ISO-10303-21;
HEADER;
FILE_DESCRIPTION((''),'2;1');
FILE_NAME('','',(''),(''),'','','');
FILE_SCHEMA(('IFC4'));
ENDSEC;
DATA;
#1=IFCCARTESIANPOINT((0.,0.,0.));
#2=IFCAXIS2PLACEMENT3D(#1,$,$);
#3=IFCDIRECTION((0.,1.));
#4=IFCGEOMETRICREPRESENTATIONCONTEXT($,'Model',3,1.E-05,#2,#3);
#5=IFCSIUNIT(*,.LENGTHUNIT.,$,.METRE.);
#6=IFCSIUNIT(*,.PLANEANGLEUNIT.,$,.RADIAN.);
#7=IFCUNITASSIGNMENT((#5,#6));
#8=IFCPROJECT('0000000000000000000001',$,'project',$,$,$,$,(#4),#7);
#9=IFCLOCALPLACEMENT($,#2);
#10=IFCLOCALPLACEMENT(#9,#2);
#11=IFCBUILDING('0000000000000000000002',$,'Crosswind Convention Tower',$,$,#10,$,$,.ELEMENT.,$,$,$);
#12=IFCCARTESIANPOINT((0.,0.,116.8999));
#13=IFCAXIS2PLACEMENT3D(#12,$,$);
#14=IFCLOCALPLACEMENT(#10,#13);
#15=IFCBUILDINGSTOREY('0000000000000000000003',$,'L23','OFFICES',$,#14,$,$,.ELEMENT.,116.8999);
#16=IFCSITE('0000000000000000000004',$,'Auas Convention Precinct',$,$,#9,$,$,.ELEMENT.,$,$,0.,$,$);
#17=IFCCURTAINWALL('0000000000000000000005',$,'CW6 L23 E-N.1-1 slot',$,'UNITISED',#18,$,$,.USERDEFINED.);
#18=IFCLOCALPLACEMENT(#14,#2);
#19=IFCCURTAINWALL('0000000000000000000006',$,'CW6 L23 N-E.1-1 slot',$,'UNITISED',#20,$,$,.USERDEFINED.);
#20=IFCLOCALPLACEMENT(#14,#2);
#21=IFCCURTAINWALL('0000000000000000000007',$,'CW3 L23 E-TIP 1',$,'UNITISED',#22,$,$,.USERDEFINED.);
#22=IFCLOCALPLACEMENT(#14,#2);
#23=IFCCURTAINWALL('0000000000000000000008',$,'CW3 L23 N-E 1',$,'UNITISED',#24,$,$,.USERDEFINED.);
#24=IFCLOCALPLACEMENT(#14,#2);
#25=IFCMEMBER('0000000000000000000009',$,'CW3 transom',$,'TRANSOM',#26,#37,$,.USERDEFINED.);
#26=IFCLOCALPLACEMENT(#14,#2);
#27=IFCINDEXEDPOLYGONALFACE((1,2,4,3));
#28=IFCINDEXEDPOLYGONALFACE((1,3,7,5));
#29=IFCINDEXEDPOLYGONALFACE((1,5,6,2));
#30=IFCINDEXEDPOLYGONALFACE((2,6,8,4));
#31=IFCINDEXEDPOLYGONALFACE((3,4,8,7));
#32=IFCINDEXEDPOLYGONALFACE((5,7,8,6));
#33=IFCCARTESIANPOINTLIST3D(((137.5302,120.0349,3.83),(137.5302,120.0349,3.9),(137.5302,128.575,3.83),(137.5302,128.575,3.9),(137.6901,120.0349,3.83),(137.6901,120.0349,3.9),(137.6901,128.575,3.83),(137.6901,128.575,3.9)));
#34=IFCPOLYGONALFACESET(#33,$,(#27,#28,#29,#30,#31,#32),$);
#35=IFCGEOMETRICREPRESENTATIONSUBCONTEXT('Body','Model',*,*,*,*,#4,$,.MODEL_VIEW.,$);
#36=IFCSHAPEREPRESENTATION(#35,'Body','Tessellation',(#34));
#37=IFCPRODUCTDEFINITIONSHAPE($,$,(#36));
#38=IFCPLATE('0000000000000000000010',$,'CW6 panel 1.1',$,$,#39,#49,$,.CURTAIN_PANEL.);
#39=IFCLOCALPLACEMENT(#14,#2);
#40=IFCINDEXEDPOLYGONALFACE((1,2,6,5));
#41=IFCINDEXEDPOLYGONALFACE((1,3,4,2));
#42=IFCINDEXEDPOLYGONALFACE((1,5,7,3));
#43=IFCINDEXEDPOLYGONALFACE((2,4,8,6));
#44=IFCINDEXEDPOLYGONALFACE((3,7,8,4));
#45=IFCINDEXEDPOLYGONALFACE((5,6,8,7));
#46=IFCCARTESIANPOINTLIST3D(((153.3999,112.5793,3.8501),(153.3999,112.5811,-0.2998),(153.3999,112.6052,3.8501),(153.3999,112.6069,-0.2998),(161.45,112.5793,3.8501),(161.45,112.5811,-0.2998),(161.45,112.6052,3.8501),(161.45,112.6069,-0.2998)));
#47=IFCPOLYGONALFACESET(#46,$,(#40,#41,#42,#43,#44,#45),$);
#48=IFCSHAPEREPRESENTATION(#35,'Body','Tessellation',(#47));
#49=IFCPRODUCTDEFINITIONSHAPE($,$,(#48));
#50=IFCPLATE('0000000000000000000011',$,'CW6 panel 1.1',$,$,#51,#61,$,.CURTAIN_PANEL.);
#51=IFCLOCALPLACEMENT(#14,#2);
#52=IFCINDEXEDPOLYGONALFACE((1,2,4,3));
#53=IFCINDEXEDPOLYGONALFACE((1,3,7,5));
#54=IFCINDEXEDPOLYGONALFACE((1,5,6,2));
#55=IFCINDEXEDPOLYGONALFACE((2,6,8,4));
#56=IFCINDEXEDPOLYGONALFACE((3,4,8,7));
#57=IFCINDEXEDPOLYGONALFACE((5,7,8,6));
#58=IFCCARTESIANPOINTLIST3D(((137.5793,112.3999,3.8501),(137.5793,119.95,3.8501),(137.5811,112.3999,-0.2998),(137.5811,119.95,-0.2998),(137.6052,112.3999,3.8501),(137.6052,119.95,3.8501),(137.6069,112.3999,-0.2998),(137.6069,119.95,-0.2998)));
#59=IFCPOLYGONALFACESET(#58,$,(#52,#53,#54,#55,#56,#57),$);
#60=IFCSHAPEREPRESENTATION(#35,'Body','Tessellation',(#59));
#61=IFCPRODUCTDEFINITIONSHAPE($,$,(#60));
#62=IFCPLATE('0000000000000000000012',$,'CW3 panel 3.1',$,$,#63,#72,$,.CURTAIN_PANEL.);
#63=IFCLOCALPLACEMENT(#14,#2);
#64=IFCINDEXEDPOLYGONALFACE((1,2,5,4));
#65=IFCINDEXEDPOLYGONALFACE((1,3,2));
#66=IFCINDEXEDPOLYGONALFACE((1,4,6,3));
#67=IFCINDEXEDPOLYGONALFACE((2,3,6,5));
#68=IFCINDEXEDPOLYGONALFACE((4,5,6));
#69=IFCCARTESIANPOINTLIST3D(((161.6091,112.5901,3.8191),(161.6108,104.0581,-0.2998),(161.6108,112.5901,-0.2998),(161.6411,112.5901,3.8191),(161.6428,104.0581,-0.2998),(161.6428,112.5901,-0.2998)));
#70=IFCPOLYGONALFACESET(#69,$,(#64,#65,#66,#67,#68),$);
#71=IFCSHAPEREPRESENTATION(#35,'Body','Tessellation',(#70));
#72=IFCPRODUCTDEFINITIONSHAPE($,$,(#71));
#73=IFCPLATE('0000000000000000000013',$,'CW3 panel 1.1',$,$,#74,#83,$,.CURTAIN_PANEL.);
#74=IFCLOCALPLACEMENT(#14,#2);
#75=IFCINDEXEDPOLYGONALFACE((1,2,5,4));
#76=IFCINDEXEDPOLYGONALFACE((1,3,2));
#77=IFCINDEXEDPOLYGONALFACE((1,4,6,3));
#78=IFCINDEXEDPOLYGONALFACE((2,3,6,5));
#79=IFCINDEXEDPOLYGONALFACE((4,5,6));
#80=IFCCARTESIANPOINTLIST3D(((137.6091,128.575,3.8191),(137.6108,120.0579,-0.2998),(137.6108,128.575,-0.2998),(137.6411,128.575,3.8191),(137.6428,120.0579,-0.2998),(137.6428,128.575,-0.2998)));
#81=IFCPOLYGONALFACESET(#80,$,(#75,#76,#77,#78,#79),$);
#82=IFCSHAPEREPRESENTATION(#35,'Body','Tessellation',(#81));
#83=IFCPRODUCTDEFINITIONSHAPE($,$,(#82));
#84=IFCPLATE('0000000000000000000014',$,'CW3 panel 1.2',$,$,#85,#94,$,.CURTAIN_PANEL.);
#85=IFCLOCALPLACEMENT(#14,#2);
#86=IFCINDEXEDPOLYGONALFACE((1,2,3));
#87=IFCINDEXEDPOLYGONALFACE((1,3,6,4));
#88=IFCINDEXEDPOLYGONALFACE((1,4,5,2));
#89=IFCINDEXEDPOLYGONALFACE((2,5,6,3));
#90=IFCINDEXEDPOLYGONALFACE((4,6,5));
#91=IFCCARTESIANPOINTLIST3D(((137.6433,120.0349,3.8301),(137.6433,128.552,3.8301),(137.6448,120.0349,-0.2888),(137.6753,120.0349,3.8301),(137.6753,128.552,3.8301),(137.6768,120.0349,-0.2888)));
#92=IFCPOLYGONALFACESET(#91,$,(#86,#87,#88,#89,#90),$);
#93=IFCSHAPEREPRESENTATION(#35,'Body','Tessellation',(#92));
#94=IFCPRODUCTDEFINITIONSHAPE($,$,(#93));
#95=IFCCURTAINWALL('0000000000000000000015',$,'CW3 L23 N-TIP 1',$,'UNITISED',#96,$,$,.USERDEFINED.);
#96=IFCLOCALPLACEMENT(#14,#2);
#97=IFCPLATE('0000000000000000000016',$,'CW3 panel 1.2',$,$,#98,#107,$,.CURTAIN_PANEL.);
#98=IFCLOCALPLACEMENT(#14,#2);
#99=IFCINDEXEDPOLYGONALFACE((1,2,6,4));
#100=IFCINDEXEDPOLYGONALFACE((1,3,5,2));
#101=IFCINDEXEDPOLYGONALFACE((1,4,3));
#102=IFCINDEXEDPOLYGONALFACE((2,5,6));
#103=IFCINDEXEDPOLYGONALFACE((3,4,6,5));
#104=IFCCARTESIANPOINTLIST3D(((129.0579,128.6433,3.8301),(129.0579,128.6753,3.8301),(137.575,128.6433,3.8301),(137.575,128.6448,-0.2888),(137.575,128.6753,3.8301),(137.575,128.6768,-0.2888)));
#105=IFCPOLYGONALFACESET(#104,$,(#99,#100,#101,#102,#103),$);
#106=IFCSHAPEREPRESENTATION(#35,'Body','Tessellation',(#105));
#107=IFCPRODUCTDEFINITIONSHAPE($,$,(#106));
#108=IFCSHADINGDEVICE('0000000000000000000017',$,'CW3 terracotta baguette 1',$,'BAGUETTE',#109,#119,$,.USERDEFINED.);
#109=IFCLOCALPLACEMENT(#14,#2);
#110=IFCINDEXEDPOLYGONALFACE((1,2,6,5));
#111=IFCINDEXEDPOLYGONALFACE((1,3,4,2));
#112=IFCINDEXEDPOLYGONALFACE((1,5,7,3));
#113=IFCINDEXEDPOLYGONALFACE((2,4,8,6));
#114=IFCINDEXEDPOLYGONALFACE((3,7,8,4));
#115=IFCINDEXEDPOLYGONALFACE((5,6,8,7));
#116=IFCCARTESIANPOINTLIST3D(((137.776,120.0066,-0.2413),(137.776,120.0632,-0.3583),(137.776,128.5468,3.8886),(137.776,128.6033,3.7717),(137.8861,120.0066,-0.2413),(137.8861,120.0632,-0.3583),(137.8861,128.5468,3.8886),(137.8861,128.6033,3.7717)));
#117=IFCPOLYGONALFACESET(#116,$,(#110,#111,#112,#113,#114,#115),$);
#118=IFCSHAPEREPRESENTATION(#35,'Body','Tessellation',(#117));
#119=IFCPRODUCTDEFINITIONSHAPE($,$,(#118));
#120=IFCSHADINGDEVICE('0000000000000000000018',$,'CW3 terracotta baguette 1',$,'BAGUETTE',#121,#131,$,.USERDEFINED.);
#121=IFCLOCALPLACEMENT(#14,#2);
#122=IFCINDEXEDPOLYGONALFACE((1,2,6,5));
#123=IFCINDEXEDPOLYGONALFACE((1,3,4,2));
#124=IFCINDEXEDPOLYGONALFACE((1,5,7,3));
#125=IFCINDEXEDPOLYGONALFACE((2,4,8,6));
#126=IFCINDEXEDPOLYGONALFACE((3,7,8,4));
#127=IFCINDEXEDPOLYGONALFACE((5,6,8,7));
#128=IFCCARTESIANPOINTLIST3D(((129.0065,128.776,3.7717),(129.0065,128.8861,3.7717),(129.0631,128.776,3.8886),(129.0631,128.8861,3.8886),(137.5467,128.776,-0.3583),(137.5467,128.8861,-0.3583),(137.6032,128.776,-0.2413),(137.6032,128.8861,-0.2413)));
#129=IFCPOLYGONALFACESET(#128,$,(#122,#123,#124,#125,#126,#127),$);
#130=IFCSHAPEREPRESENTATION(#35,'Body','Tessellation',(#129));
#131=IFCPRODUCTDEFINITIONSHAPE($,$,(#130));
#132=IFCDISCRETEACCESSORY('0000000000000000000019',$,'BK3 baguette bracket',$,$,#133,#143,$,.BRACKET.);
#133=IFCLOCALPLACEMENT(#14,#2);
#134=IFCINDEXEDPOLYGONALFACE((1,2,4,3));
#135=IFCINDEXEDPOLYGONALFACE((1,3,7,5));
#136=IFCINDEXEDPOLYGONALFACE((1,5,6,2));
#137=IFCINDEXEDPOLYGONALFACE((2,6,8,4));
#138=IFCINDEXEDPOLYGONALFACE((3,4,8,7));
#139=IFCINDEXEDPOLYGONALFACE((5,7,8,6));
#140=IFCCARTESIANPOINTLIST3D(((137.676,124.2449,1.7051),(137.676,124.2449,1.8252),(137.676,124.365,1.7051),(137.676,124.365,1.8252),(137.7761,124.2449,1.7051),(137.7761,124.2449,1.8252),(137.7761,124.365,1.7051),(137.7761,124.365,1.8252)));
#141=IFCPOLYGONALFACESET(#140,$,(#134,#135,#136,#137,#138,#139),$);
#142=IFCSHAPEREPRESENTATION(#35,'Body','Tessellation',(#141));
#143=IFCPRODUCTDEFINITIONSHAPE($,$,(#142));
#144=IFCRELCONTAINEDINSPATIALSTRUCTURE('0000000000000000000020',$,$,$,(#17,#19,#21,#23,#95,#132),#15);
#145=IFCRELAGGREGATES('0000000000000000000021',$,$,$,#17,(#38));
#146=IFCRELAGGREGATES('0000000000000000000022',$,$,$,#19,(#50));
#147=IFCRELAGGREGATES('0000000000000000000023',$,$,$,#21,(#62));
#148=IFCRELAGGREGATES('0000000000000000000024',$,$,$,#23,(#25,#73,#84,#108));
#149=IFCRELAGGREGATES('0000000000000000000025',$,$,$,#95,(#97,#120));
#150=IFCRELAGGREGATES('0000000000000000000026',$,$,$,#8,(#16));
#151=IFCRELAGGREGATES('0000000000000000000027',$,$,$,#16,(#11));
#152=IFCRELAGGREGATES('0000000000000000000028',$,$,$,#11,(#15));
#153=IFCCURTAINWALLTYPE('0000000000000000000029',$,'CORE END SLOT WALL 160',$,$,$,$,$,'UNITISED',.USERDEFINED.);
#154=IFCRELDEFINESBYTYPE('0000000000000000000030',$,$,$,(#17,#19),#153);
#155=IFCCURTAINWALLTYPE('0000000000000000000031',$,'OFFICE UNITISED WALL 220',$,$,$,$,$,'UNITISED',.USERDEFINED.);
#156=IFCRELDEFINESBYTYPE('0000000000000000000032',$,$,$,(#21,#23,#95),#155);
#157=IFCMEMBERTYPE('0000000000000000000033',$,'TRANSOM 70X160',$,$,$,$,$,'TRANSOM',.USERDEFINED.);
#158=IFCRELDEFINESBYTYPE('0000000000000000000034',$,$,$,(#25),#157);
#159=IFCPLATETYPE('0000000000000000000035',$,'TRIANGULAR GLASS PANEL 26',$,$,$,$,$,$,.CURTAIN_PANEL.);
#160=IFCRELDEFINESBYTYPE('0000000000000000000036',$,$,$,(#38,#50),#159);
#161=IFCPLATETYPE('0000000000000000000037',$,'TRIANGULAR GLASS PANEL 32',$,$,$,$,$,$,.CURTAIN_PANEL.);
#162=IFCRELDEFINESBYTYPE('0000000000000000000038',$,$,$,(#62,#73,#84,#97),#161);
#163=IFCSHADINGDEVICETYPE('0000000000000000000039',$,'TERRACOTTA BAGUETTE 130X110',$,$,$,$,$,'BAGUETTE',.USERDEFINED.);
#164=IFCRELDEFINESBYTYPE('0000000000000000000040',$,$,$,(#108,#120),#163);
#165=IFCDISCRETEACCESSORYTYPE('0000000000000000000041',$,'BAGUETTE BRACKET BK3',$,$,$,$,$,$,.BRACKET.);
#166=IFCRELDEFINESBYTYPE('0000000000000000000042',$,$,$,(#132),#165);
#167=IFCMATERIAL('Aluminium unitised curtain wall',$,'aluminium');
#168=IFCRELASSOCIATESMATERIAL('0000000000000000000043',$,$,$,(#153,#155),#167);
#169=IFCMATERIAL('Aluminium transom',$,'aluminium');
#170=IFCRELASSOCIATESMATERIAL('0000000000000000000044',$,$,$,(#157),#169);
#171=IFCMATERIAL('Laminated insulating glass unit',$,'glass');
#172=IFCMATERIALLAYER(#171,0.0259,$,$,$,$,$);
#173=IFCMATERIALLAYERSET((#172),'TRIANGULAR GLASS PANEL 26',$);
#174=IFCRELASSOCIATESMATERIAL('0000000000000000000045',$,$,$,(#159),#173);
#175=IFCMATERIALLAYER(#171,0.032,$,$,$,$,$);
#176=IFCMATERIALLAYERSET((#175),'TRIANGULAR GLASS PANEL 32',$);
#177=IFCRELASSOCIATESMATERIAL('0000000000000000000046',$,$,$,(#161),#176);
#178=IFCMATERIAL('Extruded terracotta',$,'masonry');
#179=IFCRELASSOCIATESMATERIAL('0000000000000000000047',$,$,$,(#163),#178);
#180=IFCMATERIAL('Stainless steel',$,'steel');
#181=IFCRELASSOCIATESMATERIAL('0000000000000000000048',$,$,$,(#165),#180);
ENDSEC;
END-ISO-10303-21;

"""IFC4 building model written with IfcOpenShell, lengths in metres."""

from ifc_helpers import new_model, si_unit, direction, frame, origin, origin_2d, place, context, subcontext, project, spatial, polyline, rectangle, outline, extrude, material, layer, layer_set, material_profile, profile_set, type_object, element, aggregate, save


model = new_model("IFC4")

# Units and contexts
model_context = context("Model", 3, precision=1e-05, world=origin(), true_north=direction((0.0, 1.0)))
body_context = subcontext(model_context, "Body", "Model", "MODEL_VIEW")
ifc_project = project(units=[si_unit("LENGTHUNIT", "METRE"), si_unit("PLANEANGLEUNIT", "RADIAN")], contexts=[model_context])

# Site, building, storey
site_placement = place(None, origin())
site = spatial("IfcSite", under=ifc_project, at=site_placement, Name="Auas Convention Precinct", CompositionType="ELEMENT", RefElevation=0.0)
building_placement = place(site_placement, origin())
building = spatial("IfcBuilding", under=site, at=building_placement, Name="Crosswind Convention Tower", CompositionType="ELEMENT")
storey_placement = place(building_placement, frame((0.0, 0.0, 116.8999)))
storey = spatial("IfcBuildingStorey", under=building, at=storey_placement, Name="L23", Description="OFFICES", CompositionType="ELEMENT", Elevation=116.8999)

# Curtain walls
ifc_material_1 = material(Name="Aluminium unitised curtain wall", Category="aluminium")
curtain_wall_type_1 = type_object("IfcCurtainWallType", Name="CORE END SLOT WALL 160", ElementType="UNITISED", PredefinedType="USERDEFINED", material=ifc_material_1)
curtain_wall_1_placement = place(storey_placement, origin())
curtain_wall_1 = element("IfcCurtainWall", 1, at=curtain_wall_1_placement, inside=storey, type_object=curtain_wall_type_1, Name="CW6 L23 E-N.1-1 slot", ObjectType="UNITISED", PredefinedType="USERDEFINED")
curtain_wall_2_placement = place(storey_placement, origin())
curtain_wall_2 = element("IfcCurtainWall", 2, at=curtain_wall_2_placement, inside=storey, type_object=curtain_wall_type_1, Name="CW6 L23 N-E.1-1 slot", ObjectType="UNITISED", PredefinedType="USERDEFINED")

# Curtain wall
curtain_wall_type_2 = type_object("IfcCurtainWallType", Name="OFFICE UNITISED WALL 220", ElementType="UNITISED", PredefinedType="USERDEFINED", material=ifc_material_1)
curtain_wall_3_placement = place(storey_placement, origin())
curtain_wall_3 = element("IfcCurtainWall", 3, at=curtain_wall_3_placement, inside=storey, type_object=curtain_wall_type_2, Name="CW3 L23 E-TIP 1", ObjectType="UNITISED", PredefinedType="USERDEFINED")

# Curtain wall
curtain_wall_4_placement = place(storey_placement, origin())
curtain_wall_4 = element("IfcCurtainWall", 4, at=curtain_wall_4_placement, inside=storey, type_object=curtain_wall_type_2, Name="CW3 L23 N-E 1", ObjectType="UNITISED", PredefinedType="USERDEFINED")

# Member
ifc_material_2 = material(Name="Aluminium transom", Category="aluminium")
ifc_material_profile_1 = material_profile(ifc_material_2, rectangle(XDim=0.1599, YDim=0.0701, at=origin_2d()), Name="AL 160X70")
ifc_profile_set_1 = profile_set([ifc_material_profile_1], Name="Aluminium transom")
member_type_1 = type_object("IfcMemberType", Name="TRANSOM 70X160", ElementType="TRANSOM", PredefinedType="USERDEFINED", material=ifc_profile_set_1)
member_1_placement = place(storey_placement, frame((137.6101, 120.0349, 3.865), z_axis=(0.0, 1.0, 0.0), x_axis=(-1.0, 0.0, 0.0)))
member_1 = element("IfcMember", 5, at=member_1_placement, type_object=member_type_1, Name="CW3 transom", ObjectType="TRANSOM", PredefinedType="USERDEFINED", context=body_context, shape_type="SweptSolid", body=[
    extrude(rectangle(XDim=0.1599, YDim=0.0701, at=origin_2d()), origin(), (0.0, 0.0, 1.0), 8.54),
])

# Plates
ifc_material_3 = material(Name="Laminated insulating glass unit", Category="glass")
ifc_layer_1 = layer(ifc_material_3, 0.0259)
ifc_layer_set_1 = layer_set([ifc_layer_1], Name="TRIANGULAR GLASS PANEL 26")
plate_type_1 = type_object("IfcPlateType", Name="TRIANGULAR GLASS PANEL 26", PredefinedType="CURTAIN_PANEL", material=ifc_layer_set_1)
plate_1_placement = place(storey_placement, frame((161.45, 112.6069, -0.2998), z_axis=(0.0, 1.0, 0.000412), x_axis=(-1.0, 0.0, 0.0)))
plate_1 = element("IfcPlate", 6, at=plate_1_placement, type_object=plate_type_1, Name="CW6 panel 1.1", PredefinedType="CURTAIN_PANEL", context=body_context, shape_type="SweptSolid", body=[
    extrude(outline(polyline([(0.0, 0.0), (8.05, 0.0), (8.05, 4.1499), (0.0, 4.1499), (0.0, 0.0)])), origin(), (0.0, 0.0, -1.0), 0.0259),
])
aggregate(curtain_wall_1, [plate_1])
plate_2_placement = place(storey_placement, frame((137.6069, 112.3999, -0.2998), z_axis=(1.0, 0.0, 0.000412), x_axis=(0.0, 1.0, 0.0)))
plate_2 = element("IfcPlate", 7, at=plate_2_placement, type_object=plate_type_1, Name="CW6 panel 1.1", PredefinedType="CURTAIN_PANEL", context=body_context, shape_type="SweptSolid", body=[
    extrude(outline(polyline([(0.0, 0.0), (7.55, 0.0), (7.55, 4.1499), (0.0, 4.1499), (0.0, 0.0)])), origin(), (0.0, 0.0, -1.0), 0.0259),
])
aggregate(curtain_wall_2, [plate_2])
ifc_layer_2 = layer(ifc_material_3, 0.032)
ifc_layer_set_2 = layer_set([ifc_layer_2], Name="TRIANGULAR GLASS PANEL 32")
plate_type_2 = type_object("IfcPlateType", Name="TRIANGULAR GLASS PANEL 32", PredefinedType="CURTAIN_PANEL", material=ifc_layer_set_2)
plate_3_placement = place(storey_placement, frame((161.6428, 112.5901, -0.2998), z_axis=(1.0, 0.0, 0.000415), x_axis=(-0.000415, 0.0, 1.0)))
plate_3 = element("IfcPlate", 8, at=plate_3_placement, type_object=plate_type_2, Name="CW3 panel 3.1", PredefinedType="CURTAIN_PANEL", context=body_context, shape_type="SweptSolid", body=[
    extrude(outline(polyline([(0.0, 0.0), (4.1189, 0.0), (0.0, 8.532), (0.0, 0.0)])), origin(), (0.0, 0.0, -1.0), 0.032),
])
aggregate(curtain_wall_3, [plate_3])
plate_4_placement = place(storey_placement, frame((137.6428, 128.575, -0.2998), z_axis=(1.0, 0.0, 0.000415), x_axis=(-0.000415, 0.0, 1.0)))
plate_4 = element("IfcPlate", 9, at=plate_4_placement, type_object=plate_type_2, Name="CW3 panel 1.1", PredefinedType="CURTAIN_PANEL", context=body_context, shape_type="SweptSolid", body=[
    extrude(outline(polyline([(0.0, 0.0), (4.1189, 0.0), (0.0, 8.5171), (0.0, 0.0)])), origin(), (0.0, 0.0, -1.0), 0.032),
])
plate_5_placement = place(storey_placement, frame((137.6753, 120.0349, 3.8301), z_axis=(1.0, 0.0, 0.000356), x_axis=(0.000356, 0.0, -1.0)))
plate_5 = element("IfcPlate", 10, at=plate_5_placement, type_object=plate_type_2, Name="CW3 panel 1.2", PredefinedType="CURTAIN_PANEL", context=body_context, shape_type="SweptSolid", body=[
    extrude(outline(polyline([(0.0, 0.0), (4.1189, 0.0), (0.0, 8.5171), (0.0, 0.0)])), origin(), (0.0, 0.0, -1.0), 0.032),
])

# Curtain wall, plate
curtain_wall_5_placement = place(storey_placement, origin())
curtain_wall_5 = element("IfcCurtainWall", 11, at=curtain_wall_5_placement, inside=storey, type_object=curtain_wall_type_2, Name="CW3 L23 N-TIP 1", ObjectType="UNITISED", PredefinedType="USERDEFINED")
plate_6_placement = place(storey_placement, frame((137.575, 128.6753, 3.8301), z_axis=(0.0, 1.0, 0.000356), x_axis=(0.0, 0.000356, -1.0)))
plate_6 = element("IfcPlate", 12, at=plate_6_placement, type_object=plate_type_2, Name="CW3 panel 1.2", PredefinedType="CURTAIN_PANEL", context=body_context, shape_type="SweptSolid", body=[
    extrude(outline(polyline([(0.0, 0.0), (4.1189, 0.0), (0.0, 8.5171), (0.0, 0.0)])), origin(), (0.0, 0.0, -1.0), 0.032),
])

# Shading devices
ifc_material_4 = material(Name="Extruded terracotta", Category="masonry")
ifc_material_profile_2 = material_profile(ifc_material_4, rectangle(XDim=0.1101, YDim=0.1299, at=origin_2d()), Name="TC 110X130")
ifc_profile_set_2 = profile_set([ifc_material_profile_2], Name="Extruded terracotta")
shading_device_type = type_object("IfcShadingDeviceType", Name="TERRACOTTA BAGUETTE 130X110", ElementType="BAGUETTE", PredefinedType="USERDEFINED", material=ifc_profile_set_2)
shading_device_1_placement = place(storey_placement, frame((137.8311, 120.0349, -0.2998), z_axis=(0.0, 0.900258, 0.435356), x_axis=(-1.0, 0.0, 0.0)))
shading_device_1 = element("IfcShadingDevice", 13, at=shading_device_1_placement, type_object=shading_device_type, Name="CW3 terracotta baguette 1", ObjectType="BAGUETTE", PredefinedType="USERDEFINED", context=body_context, shape_type="SweptSolid", body=[
    extrude(rectangle(XDim=0.1101, YDim=0.1299, at=origin_2d()), origin(), (0.0, 0.0, 1.0), 9.4863),
])
aggregate(curtain_wall_4, [member_1, plate_4, plate_5, shading_device_1])
shading_device_2_placement = place(storey_placement, frame((137.575, 128.8311, -0.2998), z_axis=(-0.900258, 0.0, 0.435356), x_axis=(0.0, -1.0, 0.0)))
shading_device_2 = element("IfcShadingDevice", 14, at=shading_device_2_placement, type_object=shading_device_type, Name="CW3 terracotta baguette 1", ObjectType="BAGUETTE", PredefinedType="USERDEFINED", context=body_context, shape_type="SweptSolid", body=[
    extrude(rectangle(XDim=0.1101, YDim=0.1299, at=origin_2d()), origin(), (0.0, 0.0, 1.0), 9.4863),
])
aggregate(curtain_wall_5, [plate_6, shading_device_2])

# Discrete accessory
ifc_material_5 = material(Name="Stainless steel", Category="steel")
discrete_accessory_type = type_object("IfcDiscreteAccessoryType", Name="BAGUETTE BRACKET BK3", PredefinedType="BRACKET", material=ifc_material_5)
discrete_accessory_placement = place(storey_placement, frame((137.7261, 124.3049, 1.7051), z_axis=(0.0, 0.0, 1.0), x_axis=(0.0, 1.0, 0.0)))
element("IfcDiscreteAccessory", 15, at=discrete_accessory_placement, inside=storey, type_object=discrete_accessory_type, Name="BK3 baguette bracket", PredefinedType="BRACKET", context=body_context, shape_type="SweptSolid", body=[
    extrude(rectangle(XDim=0.1201, YDim=0.1001, at=origin_2d()), origin(), (0.0, 0.0, 1.0), 0.1201),
])

save(model, "model.ifc")
